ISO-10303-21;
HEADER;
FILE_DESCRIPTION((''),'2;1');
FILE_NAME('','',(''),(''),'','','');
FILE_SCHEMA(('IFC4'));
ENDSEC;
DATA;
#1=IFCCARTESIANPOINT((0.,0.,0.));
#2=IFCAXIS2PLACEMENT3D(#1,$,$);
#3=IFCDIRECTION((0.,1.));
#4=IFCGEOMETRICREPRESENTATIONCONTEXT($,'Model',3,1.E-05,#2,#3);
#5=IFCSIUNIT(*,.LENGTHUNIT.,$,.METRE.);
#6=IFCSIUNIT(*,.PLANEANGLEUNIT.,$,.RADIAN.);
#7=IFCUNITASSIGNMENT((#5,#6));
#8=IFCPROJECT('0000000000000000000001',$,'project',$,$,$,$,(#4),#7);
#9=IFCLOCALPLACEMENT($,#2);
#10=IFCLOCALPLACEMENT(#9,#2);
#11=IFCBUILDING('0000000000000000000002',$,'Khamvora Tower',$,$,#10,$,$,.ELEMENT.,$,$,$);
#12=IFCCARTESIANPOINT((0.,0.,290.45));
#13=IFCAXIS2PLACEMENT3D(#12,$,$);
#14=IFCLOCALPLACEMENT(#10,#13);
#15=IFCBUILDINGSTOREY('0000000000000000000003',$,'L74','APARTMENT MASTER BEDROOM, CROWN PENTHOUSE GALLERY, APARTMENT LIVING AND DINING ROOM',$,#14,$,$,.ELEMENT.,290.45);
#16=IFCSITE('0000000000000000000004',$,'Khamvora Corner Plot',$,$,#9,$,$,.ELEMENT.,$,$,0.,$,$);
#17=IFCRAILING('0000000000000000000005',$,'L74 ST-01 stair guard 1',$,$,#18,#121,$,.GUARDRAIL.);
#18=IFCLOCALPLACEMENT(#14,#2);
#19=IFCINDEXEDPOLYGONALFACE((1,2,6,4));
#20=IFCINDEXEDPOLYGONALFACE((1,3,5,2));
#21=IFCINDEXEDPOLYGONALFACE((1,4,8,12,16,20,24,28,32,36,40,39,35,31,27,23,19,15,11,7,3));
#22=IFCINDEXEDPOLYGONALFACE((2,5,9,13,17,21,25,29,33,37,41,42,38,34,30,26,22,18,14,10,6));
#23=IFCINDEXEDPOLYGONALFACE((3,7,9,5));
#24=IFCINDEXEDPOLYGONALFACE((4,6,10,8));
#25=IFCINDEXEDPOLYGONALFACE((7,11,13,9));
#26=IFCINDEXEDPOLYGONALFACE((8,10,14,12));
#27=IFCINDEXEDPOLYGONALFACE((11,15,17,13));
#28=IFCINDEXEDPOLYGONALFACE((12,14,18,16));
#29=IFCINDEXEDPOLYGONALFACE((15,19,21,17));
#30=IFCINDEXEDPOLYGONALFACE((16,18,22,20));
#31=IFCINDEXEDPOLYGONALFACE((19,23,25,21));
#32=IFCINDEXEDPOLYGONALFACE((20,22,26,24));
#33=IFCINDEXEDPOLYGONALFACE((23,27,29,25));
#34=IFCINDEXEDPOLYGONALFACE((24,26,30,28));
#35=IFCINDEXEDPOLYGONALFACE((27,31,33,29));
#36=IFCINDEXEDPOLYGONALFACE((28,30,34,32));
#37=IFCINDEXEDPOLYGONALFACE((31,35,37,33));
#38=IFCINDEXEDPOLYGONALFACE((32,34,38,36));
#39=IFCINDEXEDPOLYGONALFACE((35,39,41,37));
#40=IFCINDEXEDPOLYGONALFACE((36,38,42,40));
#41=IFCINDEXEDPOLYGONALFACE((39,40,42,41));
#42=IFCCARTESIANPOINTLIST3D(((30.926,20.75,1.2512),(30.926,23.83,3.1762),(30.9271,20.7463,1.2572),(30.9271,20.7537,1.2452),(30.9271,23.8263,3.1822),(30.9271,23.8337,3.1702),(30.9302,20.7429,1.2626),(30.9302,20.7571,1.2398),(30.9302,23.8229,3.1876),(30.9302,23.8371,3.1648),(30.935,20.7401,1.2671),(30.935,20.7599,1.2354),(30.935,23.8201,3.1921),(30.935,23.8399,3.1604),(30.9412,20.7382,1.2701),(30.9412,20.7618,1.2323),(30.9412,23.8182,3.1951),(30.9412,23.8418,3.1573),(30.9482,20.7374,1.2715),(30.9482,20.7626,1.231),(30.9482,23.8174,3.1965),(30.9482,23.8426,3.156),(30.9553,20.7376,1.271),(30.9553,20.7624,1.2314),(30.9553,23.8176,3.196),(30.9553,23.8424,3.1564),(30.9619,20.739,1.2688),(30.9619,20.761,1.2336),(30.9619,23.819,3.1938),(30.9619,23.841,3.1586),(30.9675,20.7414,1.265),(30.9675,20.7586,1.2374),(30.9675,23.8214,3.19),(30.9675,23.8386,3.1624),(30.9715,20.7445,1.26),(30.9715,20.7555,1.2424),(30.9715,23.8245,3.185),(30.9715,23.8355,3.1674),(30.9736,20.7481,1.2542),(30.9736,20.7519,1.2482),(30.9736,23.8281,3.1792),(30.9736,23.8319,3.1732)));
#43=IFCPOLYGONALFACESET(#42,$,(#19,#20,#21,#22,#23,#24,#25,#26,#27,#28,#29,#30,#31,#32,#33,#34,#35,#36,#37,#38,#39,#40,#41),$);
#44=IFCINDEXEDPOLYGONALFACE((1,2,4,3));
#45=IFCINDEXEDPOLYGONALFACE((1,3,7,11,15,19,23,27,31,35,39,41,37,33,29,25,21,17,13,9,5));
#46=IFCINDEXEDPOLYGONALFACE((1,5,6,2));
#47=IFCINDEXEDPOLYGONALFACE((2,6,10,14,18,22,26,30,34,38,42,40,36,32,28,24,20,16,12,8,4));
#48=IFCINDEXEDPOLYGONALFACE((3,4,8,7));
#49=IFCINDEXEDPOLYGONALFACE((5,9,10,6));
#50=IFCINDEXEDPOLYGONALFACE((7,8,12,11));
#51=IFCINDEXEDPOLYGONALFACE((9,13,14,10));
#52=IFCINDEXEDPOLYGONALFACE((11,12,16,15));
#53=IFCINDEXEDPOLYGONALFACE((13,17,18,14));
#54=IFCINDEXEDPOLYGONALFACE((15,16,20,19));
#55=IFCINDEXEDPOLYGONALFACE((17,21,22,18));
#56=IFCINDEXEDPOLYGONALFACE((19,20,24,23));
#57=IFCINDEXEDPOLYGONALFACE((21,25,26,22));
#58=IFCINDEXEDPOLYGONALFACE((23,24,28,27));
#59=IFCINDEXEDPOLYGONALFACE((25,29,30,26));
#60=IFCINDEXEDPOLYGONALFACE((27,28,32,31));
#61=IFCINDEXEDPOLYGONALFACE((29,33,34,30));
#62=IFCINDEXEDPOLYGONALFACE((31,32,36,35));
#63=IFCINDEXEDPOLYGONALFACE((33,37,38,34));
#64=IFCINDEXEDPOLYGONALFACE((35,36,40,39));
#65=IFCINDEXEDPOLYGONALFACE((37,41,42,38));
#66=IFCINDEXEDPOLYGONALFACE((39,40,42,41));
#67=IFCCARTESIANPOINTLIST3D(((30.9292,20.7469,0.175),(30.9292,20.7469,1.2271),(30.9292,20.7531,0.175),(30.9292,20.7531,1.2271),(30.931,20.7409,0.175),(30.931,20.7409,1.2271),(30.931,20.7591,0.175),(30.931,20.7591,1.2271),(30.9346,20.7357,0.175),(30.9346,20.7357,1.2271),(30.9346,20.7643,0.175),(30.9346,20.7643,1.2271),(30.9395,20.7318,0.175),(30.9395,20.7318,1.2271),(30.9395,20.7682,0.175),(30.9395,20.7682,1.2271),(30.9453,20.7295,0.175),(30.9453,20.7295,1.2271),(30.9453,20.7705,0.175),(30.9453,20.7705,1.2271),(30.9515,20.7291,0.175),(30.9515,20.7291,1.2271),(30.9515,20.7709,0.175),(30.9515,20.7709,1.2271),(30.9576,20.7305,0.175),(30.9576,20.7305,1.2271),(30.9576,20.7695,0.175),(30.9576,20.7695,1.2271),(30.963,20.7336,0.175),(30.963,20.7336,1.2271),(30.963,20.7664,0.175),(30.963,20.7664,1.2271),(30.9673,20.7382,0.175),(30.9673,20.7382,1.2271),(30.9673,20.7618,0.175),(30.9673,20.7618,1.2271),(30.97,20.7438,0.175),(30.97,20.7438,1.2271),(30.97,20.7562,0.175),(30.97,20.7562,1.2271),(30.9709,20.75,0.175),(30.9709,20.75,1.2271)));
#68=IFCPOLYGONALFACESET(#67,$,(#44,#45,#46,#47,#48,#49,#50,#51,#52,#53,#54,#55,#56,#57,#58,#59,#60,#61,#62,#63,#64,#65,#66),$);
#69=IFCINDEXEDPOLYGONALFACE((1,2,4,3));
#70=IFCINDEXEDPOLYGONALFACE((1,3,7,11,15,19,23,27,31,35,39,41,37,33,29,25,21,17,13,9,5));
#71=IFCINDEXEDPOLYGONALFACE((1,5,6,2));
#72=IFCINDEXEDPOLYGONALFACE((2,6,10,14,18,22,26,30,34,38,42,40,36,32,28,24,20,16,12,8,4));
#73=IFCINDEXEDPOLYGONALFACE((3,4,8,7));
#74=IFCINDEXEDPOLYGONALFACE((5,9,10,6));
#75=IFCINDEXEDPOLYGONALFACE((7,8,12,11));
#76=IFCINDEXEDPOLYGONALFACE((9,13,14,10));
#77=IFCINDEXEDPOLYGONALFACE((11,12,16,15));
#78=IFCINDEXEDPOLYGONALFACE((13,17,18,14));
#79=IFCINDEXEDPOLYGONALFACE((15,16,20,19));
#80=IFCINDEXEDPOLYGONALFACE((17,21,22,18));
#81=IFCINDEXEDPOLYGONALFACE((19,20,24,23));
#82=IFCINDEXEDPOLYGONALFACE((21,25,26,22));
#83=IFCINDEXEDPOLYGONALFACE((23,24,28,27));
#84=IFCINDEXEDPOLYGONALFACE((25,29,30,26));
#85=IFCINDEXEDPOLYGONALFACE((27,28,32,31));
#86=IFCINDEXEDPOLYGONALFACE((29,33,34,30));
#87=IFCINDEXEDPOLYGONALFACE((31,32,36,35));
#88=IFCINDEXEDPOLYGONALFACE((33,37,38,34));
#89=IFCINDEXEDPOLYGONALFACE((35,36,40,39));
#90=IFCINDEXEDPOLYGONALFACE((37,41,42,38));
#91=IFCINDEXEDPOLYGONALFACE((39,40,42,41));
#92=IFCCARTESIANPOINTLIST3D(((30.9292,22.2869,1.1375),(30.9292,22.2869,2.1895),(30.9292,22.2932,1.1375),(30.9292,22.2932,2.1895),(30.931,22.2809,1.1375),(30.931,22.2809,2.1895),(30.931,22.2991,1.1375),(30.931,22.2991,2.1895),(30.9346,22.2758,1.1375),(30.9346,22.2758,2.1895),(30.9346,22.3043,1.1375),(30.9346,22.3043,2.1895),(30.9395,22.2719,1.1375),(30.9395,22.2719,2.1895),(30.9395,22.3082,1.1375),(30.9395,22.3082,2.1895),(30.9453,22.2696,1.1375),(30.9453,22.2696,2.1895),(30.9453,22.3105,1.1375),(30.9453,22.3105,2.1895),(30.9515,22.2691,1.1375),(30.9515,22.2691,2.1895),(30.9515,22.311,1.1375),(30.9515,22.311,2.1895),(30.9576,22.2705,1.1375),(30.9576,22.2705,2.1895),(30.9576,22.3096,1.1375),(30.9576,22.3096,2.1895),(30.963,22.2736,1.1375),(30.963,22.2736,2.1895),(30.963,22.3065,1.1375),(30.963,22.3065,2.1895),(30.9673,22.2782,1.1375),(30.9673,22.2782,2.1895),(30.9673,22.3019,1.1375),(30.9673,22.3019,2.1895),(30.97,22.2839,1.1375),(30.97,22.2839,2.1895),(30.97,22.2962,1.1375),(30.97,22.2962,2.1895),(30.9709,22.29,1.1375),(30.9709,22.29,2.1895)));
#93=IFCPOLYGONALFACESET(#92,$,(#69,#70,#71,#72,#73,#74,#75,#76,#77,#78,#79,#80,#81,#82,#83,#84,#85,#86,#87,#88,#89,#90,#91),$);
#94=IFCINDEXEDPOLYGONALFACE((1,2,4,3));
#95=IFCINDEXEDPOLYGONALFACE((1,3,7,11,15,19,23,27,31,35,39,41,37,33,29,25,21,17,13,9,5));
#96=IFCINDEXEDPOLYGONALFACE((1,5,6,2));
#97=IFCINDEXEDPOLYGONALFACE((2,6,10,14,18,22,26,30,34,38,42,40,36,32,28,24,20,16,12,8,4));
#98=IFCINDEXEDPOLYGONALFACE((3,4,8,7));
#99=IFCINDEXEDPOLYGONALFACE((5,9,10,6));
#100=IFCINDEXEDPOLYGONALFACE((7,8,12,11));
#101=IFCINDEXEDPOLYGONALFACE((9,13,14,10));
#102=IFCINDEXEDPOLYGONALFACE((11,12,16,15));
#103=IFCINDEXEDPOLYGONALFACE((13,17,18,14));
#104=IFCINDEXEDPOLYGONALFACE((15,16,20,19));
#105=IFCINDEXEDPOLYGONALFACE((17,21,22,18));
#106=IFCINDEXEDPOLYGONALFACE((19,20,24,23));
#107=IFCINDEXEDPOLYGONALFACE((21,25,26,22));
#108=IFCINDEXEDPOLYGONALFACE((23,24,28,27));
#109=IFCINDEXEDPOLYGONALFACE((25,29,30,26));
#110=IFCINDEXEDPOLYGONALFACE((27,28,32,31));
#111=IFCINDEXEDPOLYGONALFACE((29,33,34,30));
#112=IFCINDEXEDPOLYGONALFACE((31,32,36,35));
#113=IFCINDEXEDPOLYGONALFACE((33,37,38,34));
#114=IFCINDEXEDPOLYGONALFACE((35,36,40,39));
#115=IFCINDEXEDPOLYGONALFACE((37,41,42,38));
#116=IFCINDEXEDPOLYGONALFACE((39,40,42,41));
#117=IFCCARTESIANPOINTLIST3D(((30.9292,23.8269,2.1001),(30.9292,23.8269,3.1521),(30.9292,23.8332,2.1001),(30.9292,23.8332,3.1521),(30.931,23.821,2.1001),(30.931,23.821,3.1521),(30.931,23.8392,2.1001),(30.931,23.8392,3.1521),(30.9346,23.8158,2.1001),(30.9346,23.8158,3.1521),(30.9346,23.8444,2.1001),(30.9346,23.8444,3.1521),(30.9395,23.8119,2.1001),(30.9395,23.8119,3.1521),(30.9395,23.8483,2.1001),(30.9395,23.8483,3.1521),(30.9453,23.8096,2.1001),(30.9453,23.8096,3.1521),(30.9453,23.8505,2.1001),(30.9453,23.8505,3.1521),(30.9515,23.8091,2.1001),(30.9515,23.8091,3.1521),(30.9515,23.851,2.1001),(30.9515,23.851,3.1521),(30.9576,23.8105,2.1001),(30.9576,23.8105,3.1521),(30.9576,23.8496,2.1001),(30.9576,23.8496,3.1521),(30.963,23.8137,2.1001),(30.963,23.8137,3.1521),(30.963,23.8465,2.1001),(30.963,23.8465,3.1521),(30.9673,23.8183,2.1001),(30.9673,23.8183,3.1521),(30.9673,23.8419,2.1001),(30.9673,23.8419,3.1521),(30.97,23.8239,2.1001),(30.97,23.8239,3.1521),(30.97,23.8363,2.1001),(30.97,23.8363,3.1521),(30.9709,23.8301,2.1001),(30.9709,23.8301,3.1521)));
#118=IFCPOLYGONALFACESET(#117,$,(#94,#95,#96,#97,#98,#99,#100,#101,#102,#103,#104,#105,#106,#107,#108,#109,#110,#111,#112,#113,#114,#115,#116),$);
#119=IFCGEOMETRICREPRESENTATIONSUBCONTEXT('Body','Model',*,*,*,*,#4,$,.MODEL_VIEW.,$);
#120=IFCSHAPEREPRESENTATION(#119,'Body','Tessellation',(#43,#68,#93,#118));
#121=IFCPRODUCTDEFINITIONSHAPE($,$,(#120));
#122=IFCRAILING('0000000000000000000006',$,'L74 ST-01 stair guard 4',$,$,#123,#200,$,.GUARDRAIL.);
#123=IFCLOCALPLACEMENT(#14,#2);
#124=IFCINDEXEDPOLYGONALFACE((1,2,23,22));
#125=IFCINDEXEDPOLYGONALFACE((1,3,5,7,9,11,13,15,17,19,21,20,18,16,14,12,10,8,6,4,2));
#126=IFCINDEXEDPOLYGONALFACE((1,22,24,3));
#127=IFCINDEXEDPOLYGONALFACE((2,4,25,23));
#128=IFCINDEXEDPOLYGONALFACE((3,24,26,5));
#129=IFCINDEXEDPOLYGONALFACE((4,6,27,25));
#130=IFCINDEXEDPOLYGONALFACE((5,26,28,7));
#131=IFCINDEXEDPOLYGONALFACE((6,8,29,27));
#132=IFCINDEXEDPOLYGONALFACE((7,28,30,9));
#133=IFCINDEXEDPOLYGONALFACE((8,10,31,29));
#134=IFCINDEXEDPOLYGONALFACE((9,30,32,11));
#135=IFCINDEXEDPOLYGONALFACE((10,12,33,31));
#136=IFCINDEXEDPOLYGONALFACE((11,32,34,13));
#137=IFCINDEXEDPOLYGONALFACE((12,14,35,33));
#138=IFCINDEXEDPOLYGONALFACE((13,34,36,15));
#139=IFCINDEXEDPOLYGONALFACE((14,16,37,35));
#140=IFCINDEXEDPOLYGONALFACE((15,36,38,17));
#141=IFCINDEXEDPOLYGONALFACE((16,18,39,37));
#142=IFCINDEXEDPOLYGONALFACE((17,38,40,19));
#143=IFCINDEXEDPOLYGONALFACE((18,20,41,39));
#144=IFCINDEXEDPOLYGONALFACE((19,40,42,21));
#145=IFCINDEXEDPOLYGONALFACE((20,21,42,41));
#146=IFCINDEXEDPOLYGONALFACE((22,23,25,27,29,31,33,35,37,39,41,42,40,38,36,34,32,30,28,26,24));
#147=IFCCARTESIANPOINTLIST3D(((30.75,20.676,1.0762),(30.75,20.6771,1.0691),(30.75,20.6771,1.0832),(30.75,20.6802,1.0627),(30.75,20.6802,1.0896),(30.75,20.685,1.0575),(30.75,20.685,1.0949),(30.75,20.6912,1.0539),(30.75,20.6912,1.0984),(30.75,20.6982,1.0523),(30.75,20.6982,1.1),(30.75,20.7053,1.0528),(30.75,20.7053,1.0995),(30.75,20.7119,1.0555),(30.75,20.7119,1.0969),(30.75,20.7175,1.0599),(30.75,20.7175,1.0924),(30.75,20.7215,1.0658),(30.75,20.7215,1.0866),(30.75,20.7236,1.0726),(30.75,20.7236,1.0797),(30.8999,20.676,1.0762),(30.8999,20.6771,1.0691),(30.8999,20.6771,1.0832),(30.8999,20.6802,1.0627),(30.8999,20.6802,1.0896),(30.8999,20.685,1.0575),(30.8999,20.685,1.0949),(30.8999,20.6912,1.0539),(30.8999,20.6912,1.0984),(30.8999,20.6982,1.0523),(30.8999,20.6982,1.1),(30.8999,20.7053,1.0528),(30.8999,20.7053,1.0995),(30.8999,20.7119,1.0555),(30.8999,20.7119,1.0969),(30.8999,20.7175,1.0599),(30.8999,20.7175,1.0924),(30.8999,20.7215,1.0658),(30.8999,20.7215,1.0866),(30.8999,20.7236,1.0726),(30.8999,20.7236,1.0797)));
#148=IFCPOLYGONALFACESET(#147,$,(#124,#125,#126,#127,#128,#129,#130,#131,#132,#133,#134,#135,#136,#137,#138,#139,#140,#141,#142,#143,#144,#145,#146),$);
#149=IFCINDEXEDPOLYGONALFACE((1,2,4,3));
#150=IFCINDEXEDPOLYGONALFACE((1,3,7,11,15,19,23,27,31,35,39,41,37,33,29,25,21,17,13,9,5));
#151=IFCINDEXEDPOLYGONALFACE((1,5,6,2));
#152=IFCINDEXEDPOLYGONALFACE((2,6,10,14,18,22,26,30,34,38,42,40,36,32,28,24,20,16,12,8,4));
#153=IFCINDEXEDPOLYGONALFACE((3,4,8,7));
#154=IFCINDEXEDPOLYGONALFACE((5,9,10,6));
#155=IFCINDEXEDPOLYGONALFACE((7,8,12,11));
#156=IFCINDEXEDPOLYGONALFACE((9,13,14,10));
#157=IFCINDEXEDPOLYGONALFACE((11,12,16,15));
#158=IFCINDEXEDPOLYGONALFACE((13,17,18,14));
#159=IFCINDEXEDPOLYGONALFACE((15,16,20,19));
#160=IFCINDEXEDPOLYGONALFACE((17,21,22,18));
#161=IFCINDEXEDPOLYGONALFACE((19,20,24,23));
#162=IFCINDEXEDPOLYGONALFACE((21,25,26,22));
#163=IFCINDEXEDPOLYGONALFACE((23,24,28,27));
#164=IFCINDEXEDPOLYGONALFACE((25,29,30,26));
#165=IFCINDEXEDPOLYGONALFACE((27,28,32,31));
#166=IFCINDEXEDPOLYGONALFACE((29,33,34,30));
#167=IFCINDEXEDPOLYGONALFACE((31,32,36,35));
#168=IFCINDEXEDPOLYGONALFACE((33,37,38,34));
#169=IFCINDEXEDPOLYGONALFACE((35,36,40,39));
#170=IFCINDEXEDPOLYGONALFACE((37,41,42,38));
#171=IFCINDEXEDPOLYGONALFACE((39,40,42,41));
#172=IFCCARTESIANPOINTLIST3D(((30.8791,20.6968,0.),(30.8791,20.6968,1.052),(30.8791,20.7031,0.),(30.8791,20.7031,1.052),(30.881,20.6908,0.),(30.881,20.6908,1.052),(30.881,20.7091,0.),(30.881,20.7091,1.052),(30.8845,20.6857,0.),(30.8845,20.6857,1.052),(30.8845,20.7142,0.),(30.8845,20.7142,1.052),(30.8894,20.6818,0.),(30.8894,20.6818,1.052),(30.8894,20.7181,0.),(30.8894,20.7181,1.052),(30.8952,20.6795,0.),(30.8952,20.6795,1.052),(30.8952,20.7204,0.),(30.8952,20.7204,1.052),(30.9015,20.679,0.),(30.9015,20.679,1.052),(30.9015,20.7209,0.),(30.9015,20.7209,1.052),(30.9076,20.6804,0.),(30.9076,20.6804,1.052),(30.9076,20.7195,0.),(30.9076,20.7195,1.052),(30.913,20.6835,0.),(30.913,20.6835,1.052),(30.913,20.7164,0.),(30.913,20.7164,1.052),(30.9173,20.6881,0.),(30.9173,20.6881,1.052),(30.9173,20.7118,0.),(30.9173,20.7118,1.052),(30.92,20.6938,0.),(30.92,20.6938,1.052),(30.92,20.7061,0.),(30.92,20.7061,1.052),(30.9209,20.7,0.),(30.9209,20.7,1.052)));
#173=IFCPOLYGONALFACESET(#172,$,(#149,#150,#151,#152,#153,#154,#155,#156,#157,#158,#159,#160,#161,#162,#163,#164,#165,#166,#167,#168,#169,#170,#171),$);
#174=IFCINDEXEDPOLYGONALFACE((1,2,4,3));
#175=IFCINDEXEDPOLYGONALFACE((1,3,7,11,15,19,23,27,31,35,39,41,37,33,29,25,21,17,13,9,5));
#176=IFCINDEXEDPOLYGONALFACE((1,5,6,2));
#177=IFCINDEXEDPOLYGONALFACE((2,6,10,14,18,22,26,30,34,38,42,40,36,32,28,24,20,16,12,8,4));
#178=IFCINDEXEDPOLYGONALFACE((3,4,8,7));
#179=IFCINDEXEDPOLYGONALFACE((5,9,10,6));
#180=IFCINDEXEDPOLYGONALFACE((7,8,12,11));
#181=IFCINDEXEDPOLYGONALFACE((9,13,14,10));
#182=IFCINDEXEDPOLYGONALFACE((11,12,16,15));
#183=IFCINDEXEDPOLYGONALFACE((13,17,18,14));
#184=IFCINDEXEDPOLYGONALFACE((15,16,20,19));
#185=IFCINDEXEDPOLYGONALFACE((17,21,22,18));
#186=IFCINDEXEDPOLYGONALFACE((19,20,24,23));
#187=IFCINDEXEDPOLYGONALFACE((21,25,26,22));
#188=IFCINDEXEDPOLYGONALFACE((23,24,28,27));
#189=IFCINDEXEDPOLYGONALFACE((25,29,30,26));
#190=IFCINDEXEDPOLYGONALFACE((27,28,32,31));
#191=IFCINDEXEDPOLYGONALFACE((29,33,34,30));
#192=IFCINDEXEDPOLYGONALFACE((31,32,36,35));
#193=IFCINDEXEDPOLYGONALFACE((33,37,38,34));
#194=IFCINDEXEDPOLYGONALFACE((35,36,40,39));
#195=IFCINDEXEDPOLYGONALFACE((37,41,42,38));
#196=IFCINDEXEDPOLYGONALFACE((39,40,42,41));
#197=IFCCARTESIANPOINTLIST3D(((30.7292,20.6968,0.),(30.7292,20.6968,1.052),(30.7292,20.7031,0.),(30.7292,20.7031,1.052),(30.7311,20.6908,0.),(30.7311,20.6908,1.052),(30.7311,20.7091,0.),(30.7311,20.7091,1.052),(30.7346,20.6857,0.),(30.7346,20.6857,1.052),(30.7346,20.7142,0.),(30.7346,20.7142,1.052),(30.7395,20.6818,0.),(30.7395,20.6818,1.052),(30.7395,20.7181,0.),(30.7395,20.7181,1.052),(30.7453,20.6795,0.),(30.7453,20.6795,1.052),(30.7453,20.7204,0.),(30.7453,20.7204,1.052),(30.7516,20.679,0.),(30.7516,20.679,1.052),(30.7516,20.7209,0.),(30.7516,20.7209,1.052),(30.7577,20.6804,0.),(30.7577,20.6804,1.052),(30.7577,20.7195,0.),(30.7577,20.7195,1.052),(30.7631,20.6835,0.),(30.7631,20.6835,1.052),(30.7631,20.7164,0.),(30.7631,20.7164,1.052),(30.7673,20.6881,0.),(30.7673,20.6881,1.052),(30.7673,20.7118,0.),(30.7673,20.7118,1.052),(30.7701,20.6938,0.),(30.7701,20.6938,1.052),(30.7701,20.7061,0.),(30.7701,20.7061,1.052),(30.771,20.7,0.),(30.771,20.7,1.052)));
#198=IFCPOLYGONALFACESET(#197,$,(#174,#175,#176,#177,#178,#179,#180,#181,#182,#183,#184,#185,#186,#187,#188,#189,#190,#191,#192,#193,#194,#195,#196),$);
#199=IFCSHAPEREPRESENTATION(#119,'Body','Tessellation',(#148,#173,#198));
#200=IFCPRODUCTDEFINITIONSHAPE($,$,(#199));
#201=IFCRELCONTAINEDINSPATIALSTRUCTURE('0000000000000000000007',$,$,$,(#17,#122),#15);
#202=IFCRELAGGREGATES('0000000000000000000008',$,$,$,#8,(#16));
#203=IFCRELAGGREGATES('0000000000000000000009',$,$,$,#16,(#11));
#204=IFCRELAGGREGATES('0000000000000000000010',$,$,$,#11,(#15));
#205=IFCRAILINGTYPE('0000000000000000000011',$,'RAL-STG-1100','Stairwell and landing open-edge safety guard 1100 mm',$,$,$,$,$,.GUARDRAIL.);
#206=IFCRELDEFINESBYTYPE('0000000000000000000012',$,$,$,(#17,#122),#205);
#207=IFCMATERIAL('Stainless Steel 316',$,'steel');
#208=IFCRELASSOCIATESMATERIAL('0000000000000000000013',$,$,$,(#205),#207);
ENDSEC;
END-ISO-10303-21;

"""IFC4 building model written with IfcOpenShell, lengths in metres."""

from ifc_helpers import new_model, si_unit, direction, frame, origin, origin_2d, place, context, subcontext, project, spatial, circle, extrude, material, type_object, element, save


model = new_model("IFC4")

# Units and contexts
model_context = context("Model", 3, precision=1e-05, world=origin(), true_north=direction((0.0, 1.0)))
body_context = subcontext(model_context, "Body", "Model", "MODEL_VIEW")
ifc_project = project(units=[si_unit("LENGTHUNIT", "METRE"), si_unit("PLANEANGLEUNIT", "RADIAN")], contexts=[model_context])

# Site, building, storey
site_placement = place(None, origin())
site = spatial("IfcSite", under=ifc_project, at=site_placement, Name="Khamvora Corner Plot", CompositionType="ELEMENT", RefElevation=0.0)
building_placement = place(site_placement, origin())
building = spatial("IfcBuilding", under=site, at=building_placement, Name="Khamvora Tower", CompositionType="ELEMENT")
storey_placement = place(building_placement, frame((0.0, 0.0, 290.45)))
storey = spatial("IfcBuildingStorey", under=building, at=storey_placement, Name="L74", Description="APARTMENT MASTER BEDROOM, CROWN PENTHOUSE GALLERY, APARTMENT LIVING AND DINING ROOM", CompositionType="ELEMENT", Elevation=290.45)

# Railings
ifc_material_1 = material(Name="Stainless Steel 316", Category="steel")
railing_type = type_object("IfcRailingType", Name="RAL-STG-1100", Description="Stairwell and landing open-edge safety guard 1100 mm", PredefinedType="GUARDRAIL", material=ifc_material_1)
railing_1_placement = place(storey_placement, frame((30.95, 20.75, 0.175)))
element("IfcRailing", 1, at=railing_1_placement, inside=storey, type_object=railing_type, Name="L74 ST-01 stair guard 1", PredefinedType="GUARDRAIL", context=body_context, shape_type="SweptSolid", body=[
    extrude(circle(Radius=0.0239, at=origin_2d()), frame((0.0, 0.0, 1.0762), z_axis=(0.0, 0.847998, 0.529999), x_axis=(-1.0, 0.0, 0.0)), (0.0, 0.0, 1.0), 3.6321),
    extrude(circle(Radius=0.021, at=origin_2d()), origin(), (0.0, 0.0, 1.0), 1.052),
    extrude(circle(Radius=0.021, at=origin_2d()), frame((0.0, 1.54, 0.9624)), (0.0, 0.0, 1.0), 1.052),
    extrude(circle(Radius=0.021, at=origin_2d()), frame((0.0, 3.0801, 1.925)), (0.0, 0.0, 1.0), 1.052),
])
railing_2_placement = place(storey_placement, frame((30.8999, 20.7, 0.0)))
element("IfcRailing", 2, at=railing_2_placement, inside=storey, type_object=railing_type, Name="L74 ST-01 stair guard 4", PredefinedType="GUARDRAIL", context=body_context, shape_type="SweptSolid", body=[
    extrude(circle(Radius=0.0239, at=origin_2d()), frame((0.0, 0.0, 1.0762), z_axis=(-1.0, 0.0, 0.0), x_axis=(0.0, -1.0, 0.0)), (0.0, 0.0, 1.0), 0.1499),
    extrude(circle(Radius=0.021, at=origin_2d()), origin(), (0.0, 0.0, 1.0), 1.052),
    extrude(circle(Radius=0.021, at=origin_2d()), frame((-0.1499, 0.0, 0.0)), (0.0, 0.0, 1.0), 1.052),
])

save(model, "model.ifc")
